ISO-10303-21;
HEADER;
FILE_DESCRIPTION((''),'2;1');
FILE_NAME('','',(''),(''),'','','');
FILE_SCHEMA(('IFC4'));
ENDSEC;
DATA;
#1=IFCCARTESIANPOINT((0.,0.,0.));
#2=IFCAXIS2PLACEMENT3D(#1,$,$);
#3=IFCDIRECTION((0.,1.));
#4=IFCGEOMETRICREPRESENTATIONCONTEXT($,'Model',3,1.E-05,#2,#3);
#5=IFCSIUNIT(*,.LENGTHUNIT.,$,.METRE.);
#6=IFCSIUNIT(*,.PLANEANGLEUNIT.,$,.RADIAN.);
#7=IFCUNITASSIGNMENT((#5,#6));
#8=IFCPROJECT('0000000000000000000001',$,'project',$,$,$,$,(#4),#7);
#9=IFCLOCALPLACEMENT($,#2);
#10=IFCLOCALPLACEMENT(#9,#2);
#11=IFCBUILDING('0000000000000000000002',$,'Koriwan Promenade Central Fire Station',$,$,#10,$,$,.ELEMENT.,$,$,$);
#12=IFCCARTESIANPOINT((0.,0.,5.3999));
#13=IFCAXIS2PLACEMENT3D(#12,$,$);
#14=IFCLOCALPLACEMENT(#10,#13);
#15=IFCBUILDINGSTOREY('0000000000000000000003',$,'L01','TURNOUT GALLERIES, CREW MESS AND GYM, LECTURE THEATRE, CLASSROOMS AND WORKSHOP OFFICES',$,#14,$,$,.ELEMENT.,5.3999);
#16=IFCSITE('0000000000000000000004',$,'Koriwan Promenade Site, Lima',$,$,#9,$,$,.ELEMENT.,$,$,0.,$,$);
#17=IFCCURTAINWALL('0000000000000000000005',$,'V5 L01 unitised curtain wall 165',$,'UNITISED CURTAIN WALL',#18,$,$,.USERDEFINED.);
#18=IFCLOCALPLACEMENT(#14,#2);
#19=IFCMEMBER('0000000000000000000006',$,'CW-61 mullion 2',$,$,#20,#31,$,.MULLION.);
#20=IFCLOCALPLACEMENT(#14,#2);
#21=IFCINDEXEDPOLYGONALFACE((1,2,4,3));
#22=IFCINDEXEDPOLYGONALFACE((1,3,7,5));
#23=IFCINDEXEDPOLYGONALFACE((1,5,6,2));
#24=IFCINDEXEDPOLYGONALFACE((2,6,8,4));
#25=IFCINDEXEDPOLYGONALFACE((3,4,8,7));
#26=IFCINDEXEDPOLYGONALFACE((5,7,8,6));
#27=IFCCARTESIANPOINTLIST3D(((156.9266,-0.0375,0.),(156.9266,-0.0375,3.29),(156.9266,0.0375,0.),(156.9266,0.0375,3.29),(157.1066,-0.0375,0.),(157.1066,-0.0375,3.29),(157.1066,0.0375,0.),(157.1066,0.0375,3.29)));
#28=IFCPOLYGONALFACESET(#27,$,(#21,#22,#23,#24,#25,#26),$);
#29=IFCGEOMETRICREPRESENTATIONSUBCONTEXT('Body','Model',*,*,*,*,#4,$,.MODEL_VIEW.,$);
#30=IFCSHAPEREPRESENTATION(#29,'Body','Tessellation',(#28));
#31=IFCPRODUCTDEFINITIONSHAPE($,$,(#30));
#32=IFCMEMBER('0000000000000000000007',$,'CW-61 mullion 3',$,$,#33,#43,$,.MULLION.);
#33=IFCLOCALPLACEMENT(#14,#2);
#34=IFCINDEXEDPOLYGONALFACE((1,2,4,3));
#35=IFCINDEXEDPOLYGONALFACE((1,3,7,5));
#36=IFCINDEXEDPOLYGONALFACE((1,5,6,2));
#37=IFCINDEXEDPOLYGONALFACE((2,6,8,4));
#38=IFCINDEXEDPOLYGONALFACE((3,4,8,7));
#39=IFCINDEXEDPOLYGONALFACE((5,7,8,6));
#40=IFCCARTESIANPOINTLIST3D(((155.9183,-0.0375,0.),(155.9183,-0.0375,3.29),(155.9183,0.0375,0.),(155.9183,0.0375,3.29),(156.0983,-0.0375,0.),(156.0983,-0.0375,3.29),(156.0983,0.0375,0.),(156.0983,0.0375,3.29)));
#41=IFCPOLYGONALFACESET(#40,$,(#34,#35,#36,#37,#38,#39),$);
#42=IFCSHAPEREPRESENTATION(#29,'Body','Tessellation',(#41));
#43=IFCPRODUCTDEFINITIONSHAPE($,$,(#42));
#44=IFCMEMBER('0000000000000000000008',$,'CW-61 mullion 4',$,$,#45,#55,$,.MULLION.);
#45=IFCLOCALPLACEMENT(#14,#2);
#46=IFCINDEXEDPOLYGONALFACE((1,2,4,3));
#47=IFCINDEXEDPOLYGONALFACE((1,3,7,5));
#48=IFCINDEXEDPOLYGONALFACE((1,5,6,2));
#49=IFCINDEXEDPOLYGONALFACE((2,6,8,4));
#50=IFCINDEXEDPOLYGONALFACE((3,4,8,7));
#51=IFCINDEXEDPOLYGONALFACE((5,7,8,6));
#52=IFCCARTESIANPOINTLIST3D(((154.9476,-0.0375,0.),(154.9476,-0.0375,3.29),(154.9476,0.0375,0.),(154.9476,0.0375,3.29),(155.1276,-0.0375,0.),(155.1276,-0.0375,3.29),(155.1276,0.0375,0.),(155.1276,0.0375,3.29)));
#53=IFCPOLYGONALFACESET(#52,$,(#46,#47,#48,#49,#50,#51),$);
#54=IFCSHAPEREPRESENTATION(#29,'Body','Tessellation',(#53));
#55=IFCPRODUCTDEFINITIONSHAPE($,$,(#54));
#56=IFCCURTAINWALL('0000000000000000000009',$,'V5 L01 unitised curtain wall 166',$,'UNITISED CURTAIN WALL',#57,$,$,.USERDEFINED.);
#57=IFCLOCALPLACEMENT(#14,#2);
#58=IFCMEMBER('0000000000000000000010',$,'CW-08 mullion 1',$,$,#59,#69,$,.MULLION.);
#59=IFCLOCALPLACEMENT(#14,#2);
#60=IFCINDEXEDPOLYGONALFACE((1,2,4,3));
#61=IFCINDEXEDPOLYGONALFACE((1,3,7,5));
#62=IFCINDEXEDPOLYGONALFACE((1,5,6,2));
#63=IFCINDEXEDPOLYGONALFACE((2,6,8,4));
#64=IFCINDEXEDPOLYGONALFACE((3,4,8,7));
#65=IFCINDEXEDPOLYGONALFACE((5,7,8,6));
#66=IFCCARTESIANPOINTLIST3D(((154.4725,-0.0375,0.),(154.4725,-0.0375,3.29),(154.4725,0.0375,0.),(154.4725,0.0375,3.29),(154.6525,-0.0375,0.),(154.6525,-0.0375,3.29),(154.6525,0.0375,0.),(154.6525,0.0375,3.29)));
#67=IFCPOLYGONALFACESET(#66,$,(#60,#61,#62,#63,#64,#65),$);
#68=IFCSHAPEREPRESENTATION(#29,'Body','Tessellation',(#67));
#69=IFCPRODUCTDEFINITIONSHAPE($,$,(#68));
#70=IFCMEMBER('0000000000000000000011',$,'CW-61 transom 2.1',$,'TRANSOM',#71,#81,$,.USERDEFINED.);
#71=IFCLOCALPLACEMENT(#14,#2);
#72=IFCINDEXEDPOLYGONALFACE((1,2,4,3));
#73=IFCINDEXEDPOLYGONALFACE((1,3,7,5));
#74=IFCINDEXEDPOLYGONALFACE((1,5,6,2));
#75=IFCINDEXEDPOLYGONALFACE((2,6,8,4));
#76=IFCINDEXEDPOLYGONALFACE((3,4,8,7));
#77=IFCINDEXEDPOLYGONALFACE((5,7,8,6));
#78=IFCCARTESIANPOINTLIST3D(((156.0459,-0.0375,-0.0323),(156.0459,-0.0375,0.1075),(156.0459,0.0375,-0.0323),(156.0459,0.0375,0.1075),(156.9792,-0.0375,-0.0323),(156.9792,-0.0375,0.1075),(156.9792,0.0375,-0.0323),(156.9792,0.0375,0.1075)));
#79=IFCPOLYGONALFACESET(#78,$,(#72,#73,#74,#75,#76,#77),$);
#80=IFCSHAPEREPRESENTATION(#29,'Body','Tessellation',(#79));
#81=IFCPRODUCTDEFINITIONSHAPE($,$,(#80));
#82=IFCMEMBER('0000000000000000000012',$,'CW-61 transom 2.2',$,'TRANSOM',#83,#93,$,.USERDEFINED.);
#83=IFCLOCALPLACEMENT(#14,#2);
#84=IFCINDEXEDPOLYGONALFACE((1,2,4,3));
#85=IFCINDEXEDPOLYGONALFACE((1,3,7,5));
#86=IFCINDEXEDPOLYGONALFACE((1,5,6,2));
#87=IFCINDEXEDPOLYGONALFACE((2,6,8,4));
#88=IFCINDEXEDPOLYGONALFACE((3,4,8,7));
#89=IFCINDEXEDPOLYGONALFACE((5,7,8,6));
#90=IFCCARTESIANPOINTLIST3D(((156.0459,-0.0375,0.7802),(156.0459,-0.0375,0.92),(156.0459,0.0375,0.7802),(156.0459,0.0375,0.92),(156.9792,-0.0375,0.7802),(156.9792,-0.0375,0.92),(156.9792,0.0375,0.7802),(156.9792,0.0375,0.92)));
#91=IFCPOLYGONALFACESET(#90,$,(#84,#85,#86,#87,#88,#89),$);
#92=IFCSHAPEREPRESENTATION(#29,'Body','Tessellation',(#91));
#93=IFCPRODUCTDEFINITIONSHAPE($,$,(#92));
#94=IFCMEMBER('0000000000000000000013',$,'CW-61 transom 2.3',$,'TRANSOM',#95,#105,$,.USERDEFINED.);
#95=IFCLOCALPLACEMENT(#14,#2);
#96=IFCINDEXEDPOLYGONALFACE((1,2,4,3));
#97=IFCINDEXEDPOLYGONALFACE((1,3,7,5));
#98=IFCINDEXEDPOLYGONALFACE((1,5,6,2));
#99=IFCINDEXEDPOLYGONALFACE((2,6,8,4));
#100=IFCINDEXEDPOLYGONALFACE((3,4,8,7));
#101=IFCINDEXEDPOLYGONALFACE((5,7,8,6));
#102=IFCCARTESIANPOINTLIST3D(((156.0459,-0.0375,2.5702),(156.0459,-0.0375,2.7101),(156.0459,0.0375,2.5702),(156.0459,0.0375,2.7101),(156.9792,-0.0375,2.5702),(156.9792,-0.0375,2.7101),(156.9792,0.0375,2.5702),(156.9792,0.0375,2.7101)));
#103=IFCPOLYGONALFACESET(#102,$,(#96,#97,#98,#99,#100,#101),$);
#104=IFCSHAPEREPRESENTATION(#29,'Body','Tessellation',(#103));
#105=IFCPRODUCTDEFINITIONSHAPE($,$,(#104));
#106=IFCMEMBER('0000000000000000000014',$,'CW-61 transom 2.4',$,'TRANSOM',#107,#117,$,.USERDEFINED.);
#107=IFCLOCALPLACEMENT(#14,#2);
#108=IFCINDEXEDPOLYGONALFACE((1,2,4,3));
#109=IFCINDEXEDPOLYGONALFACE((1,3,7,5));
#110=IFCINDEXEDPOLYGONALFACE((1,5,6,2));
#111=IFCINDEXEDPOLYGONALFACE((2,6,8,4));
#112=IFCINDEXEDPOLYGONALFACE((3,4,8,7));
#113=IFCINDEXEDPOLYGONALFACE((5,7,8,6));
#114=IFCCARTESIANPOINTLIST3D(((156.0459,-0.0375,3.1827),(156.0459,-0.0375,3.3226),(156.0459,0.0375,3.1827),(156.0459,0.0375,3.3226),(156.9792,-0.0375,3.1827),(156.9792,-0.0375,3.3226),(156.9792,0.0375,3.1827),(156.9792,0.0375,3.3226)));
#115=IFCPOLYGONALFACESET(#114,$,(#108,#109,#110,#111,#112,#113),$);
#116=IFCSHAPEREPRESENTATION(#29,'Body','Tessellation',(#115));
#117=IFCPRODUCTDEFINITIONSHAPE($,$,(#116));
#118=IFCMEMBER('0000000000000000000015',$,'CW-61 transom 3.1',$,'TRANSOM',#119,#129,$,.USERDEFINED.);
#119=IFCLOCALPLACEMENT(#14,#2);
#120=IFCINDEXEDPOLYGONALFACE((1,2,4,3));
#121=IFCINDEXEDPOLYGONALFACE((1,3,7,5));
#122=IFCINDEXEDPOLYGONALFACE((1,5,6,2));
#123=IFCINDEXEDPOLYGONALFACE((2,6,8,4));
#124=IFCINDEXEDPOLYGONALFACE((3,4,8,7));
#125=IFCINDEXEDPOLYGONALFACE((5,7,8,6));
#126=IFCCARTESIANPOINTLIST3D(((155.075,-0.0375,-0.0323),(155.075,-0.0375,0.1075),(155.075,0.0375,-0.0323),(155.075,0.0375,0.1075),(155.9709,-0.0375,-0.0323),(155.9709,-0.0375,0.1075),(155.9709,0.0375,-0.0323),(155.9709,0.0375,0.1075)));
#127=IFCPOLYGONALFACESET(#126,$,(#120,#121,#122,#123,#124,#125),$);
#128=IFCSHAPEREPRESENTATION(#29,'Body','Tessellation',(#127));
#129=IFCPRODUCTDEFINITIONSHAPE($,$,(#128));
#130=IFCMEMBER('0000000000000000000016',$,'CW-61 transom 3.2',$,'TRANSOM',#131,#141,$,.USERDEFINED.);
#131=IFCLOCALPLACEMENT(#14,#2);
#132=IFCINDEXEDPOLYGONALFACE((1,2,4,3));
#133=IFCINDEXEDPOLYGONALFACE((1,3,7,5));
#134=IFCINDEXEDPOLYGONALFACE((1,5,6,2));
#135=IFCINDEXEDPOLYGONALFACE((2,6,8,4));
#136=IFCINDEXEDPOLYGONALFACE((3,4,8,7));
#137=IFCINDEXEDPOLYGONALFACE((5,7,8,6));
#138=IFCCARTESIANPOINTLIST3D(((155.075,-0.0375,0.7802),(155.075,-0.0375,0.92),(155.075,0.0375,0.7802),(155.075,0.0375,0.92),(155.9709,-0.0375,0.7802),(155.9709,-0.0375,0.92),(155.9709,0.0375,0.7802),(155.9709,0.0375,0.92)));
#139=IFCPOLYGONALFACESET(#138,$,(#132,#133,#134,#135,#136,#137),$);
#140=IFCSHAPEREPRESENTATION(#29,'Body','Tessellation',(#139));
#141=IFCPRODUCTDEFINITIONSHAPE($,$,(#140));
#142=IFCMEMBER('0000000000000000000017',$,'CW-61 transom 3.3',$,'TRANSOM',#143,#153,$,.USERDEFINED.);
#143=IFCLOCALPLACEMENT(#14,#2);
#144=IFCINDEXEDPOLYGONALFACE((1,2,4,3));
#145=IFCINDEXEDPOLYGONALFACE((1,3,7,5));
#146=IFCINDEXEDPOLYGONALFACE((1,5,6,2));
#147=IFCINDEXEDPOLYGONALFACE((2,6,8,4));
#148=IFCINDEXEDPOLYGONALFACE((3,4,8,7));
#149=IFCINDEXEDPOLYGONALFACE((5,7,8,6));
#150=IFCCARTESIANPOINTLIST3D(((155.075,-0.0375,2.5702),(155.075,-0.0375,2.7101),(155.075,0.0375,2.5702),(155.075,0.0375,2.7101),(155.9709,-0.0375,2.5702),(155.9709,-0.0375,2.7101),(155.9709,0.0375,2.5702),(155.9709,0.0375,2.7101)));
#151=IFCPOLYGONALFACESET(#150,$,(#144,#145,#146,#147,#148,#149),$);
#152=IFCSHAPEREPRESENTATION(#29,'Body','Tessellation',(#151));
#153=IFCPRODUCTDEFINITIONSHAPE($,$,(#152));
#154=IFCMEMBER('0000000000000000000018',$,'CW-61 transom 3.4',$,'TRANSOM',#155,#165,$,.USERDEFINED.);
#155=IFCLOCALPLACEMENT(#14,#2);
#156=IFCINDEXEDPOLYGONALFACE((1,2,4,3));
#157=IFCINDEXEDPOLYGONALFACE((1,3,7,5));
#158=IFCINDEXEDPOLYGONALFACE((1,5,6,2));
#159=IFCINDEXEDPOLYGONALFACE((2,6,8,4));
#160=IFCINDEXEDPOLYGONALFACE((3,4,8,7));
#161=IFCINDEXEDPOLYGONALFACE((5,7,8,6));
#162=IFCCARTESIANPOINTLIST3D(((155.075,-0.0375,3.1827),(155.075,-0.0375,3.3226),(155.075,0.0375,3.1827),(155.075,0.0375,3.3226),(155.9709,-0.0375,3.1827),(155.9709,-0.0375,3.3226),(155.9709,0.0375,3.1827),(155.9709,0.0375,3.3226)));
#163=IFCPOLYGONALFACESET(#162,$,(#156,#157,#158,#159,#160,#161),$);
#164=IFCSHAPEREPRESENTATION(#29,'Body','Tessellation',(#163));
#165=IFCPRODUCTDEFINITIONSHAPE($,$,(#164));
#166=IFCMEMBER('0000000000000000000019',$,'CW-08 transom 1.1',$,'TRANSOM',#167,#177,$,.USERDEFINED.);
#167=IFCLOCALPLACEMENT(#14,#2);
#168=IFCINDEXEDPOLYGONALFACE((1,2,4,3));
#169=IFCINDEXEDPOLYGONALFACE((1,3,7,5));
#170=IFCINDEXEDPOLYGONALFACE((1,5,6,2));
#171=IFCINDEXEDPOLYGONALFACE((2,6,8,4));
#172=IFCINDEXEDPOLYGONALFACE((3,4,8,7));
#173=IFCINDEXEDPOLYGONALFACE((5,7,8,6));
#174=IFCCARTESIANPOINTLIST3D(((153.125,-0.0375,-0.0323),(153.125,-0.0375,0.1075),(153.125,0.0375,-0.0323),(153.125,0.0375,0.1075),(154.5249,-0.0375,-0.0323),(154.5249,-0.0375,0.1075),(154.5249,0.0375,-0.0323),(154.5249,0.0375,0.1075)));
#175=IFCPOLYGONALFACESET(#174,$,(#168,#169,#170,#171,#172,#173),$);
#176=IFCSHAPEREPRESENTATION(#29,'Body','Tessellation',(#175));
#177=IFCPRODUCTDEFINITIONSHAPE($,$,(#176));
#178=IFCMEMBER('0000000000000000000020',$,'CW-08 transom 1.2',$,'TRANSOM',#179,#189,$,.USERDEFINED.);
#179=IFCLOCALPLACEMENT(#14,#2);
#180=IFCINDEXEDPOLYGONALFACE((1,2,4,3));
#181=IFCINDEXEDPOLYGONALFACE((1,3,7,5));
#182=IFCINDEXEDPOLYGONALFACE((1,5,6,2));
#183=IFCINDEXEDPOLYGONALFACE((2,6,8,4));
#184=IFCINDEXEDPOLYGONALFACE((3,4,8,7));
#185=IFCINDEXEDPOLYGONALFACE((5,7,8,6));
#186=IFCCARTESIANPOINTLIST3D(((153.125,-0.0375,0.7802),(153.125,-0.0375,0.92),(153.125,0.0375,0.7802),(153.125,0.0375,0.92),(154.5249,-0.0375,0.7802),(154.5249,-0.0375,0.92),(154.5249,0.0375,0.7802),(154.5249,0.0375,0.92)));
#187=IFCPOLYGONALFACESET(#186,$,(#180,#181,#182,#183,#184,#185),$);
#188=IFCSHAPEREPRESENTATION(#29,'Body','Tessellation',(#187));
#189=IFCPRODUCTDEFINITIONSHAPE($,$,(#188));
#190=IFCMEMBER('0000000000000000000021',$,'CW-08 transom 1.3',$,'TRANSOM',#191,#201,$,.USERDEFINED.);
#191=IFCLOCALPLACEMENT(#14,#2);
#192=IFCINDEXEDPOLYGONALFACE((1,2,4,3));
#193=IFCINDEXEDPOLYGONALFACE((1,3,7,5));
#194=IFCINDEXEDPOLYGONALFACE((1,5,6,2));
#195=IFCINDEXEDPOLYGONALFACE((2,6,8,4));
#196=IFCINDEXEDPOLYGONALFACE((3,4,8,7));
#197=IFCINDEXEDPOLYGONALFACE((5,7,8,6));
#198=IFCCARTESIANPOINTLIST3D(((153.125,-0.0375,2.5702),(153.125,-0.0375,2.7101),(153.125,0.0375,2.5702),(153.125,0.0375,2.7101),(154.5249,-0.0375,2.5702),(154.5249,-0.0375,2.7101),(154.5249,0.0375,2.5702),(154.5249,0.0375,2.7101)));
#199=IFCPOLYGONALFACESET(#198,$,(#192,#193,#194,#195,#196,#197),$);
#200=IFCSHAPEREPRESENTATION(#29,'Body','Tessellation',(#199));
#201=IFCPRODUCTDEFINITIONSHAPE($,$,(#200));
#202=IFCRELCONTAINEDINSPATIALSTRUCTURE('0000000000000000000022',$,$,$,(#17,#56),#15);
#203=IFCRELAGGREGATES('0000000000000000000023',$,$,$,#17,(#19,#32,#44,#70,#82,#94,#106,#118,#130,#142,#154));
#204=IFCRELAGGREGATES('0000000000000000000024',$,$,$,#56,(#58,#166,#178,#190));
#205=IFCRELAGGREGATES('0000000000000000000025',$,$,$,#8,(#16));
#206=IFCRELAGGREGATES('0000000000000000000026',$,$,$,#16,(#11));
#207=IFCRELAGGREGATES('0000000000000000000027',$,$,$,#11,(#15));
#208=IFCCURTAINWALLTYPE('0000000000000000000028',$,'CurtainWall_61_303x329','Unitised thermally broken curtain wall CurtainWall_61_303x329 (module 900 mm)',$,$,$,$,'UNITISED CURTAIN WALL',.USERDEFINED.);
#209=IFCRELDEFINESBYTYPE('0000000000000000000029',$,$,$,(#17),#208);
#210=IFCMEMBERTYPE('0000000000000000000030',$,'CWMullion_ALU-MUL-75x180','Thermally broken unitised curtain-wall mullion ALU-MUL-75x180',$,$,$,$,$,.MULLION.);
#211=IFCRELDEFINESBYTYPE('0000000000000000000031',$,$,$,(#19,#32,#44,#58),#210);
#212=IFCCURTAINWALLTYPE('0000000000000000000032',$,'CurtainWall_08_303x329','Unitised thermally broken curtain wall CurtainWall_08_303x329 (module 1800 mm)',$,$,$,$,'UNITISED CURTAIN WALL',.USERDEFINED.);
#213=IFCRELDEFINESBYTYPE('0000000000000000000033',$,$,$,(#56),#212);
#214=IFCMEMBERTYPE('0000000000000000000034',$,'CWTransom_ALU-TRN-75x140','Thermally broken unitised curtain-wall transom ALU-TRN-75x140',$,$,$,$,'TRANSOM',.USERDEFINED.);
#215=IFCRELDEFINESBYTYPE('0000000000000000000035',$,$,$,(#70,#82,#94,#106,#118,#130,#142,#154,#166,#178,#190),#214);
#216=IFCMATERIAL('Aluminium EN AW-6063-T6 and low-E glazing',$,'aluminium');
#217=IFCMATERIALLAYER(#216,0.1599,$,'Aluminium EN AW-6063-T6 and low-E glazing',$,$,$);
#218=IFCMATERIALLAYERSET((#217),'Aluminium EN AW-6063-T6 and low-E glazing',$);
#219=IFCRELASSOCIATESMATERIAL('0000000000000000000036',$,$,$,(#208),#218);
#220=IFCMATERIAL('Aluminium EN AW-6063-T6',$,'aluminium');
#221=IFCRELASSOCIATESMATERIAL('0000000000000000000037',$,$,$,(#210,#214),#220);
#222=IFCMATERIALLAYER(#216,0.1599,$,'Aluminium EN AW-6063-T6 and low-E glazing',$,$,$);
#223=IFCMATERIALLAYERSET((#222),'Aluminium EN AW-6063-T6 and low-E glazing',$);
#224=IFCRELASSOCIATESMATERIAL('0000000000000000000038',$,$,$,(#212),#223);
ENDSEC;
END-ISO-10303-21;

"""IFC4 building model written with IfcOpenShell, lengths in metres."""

from ifc_helpers import new_model, si_unit, direction, frame, origin, origin_2d, place, context, subcontext, project, spatial, rectangle, extrude, material, layer, layer_set, material_profile, profile_set, type_object, element, aggregate, save


model = new_model("IFC4")

# Units and contexts
model_context = context("Model", 3, precision=1e-05, world=origin(), true_north=direction((0.0, 1.0)))
body_context = subcontext(model_context, "Body", "Model", "MODEL_VIEW")
ifc_project = project(units=[si_unit("LENGTHUNIT", "METRE"), si_unit("PLANEANGLEUNIT", "RADIAN")], contexts=[model_context])

# Site, building, storey
site_placement = place(None, origin())
site = spatial("IfcSite", under=ifc_project, at=site_placement, Name="Koriwan Promenade Site, Lima", CompositionType="ELEMENT", RefElevation=0.0)
building_placement = place(site_placement, origin())
building = spatial("IfcBuilding", under=site, at=building_placement, Name="Koriwan Promenade Central Fire Station", CompositionType="ELEMENT")
storey_placement = place(building_placement, frame((0.0, 0.0, 5.3999)))
storey = spatial("IfcBuildingStorey", under=building, at=storey_placement, Name="L01", Description="TURNOUT GALLERIES, CREW MESS AND GYM, LECTURE THEATRE, CLASSROOMS AND WORKSHOP OFFICES", CompositionType="ELEMENT", Elevation=5.3999)

# Curtain wall, members
ifc_material_1 = material(Name="Aluminium EN AW-6063-T6 and low-E glazing", Category="aluminium")
ifc_layer_1 = layer(ifc_material_1, 0.1599, Name="Aluminium EN AW-6063-T6 and low-E glazing")
ifc_layer_set_1 = layer_set([ifc_layer_1], Name="Aluminium EN AW-6063-T6 and low-E glazing")
curtain_wall_type_1 = type_object("IfcCurtainWallType", Name="CurtainWall_61_303x329", Description="Unitised thermally broken curtain wall CurtainWall_61_303x329 (module 900 mm)", ElementType="UNITISED CURTAIN WALL", PredefinedType="USERDEFINED", material=ifc_layer_set_1)
curtain_wall_1_placement = place(storey_placement, origin())
curtain_wall_1 = element("IfcCurtainWall", 1, at=curtain_wall_1_placement, inside=storey, type_object=curtain_wall_type_1, Name="V5 L01 unitised curtain wall 165", ObjectType="UNITISED CURTAIN WALL", PredefinedType="USERDEFINED")
ifc_material_2 = material(Name="Aluminium EN AW-6063-T6", Category="aluminium")
ifc_material_profile_1 = material_profile(ifc_material_2, rectangle(XDim=0.075, YDim=0.1799, at=origin_2d()), Name="ALU-MUL-75x180")
ifc_profile_set_1 = profile_set([ifc_material_profile_1], Name="Aluminium EN AW-6063-T6")
member_type_1 = type_object("IfcMemberType", Name="CWMullion_ALU-MUL-75x180", Description="Thermally broken unitised curtain-wall mullion ALU-MUL-75x180", PredefinedType="MULLION", material=ifc_profile_set_1)
member_1_placement = place(storey_placement, frame((157.0166, 0.0, 0.0), z_axis=(0.0, 0.0, 1.0), x_axis=(0.0, -1.0, 0.0)))
member_1 = element("IfcMember", 2, at=member_1_placement, type_object=member_type_1, Name="CW-61 mullion 2", PredefinedType="MULLION", context=body_context, shape_type="SweptSolid", body=[
    extrude(rectangle(XDim=0.075, YDim=0.1799, at=origin_2d()), origin(), (0.0, 0.0, 1.0), 3.29),
])
member_2_placement = place(storey_placement, frame((156.0083, 0.0, 0.0), z_axis=(0.0, 0.0, 1.0), x_axis=(0.0, -1.0, 0.0)))
member_2 = element("IfcMember", 3, at=member_2_placement, type_object=member_type_1, Name="CW-61 mullion 3", PredefinedType="MULLION", context=body_context, shape_type="SweptSolid", body=[
    extrude(rectangle(XDim=0.075, YDim=0.1799, at=origin_2d()), origin(), (0.0, 0.0, 1.0), 3.29),
])
member_3_placement = place(storey_placement, frame((155.0376, 0.0, 0.0), z_axis=(0.0, 0.0, 1.0), x_axis=(0.0, -1.0, 0.0)))
member_3 = element("IfcMember", 4, at=member_3_placement, type_object=member_type_1, Name="CW-61 mullion 4", PredefinedType="MULLION", context=body_context, shape_type="SweptSolid", body=[
    extrude(rectangle(XDim=0.075, YDim=0.1799, at=origin_2d()), origin(), (0.0, 0.0, 1.0), 3.29),
])

# Curtain wall, member
ifc_layer_2 = layer(ifc_material_1, 0.1599, Name="Aluminium EN AW-6063-T6 and low-E glazing")
ifc_layer_set_2 = layer_set([ifc_layer_2], Name="Aluminium EN AW-6063-T6 and low-E glazing")
curtain_wall_type_2 = type_object("IfcCurtainWallType", Name="CurtainWall_08_303x329", Description="Unitised thermally broken curtain wall CurtainWall_08_303x329 (module 1800 mm)", ElementType="UNITISED CURTAIN WALL", PredefinedType="USERDEFINED", material=ifc_layer_set_2)
curtain_wall_2_placement = place(storey_placement, origin())
curtain_wall_2 = element("IfcCurtainWall", 5, at=curtain_wall_2_placement, inside=storey, type_object=curtain_wall_type_2, Name="V5 L01 unitised curtain wall 166", ObjectType="UNITISED CURTAIN WALL", PredefinedType="USERDEFINED")
member_4_placement = place(storey_placement, frame((154.5625, 0.0, 0.0), z_axis=(0.0, 0.0, 1.0), x_axis=(0.0, -1.0, 0.0)))
member_4 = element("IfcMember", 6, at=member_4_placement, type_object=member_type_1, Name="CW-08 mullion 1", PredefinedType="MULLION", context=body_context, shape_type="SweptSolid", body=[
    extrude(rectangle(XDim=0.075, YDim=0.1799, at=origin_2d()), origin(), (0.0, 0.0, 1.0), 3.29),
])

# Members
ifc_material_profile_2 = material_profile(ifc_material_2, rectangle(XDim=0.075, YDim=0.1399, at=origin_2d()), Name="ALU-TRN-75x140")
ifc_profile_set_2 = profile_set([ifc_material_profile_2], Name="Aluminium EN AW-6063-T6")
member_type_2 = type_object("IfcMemberType", Name="CWTransom_ALU-TRN-75x140", Description="Thermally broken unitised curtain-wall transom ALU-TRN-75x140", ElementType="TRANSOM", PredefinedType="USERDEFINED", material=ifc_profile_set_2)
member_5_placement = place(storey_placement, frame((156.9792, 0.0, 0.0376), z_axis=(-1.0, 0.0, 0.0), x_axis=(0.0, -1.0, 0.0)))
member_5 = element("IfcMember", 7, at=member_5_placement, type_object=member_type_2, Name="CW-61 transom 2.1", ObjectType="TRANSOM", PredefinedType="USERDEFINED", context=body_context, shape_type="SweptSolid", body=[
    extrude(rectangle(XDim=0.075, YDim=0.1399, at=origin_2d()), origin(), (0.0, 0.0, 1.0), 0.9333),
])
member_6_placement = place(storey_placement, frame((156.9792, 0.0, 0.8501), z_axis=(-1.0, 0.0, 0.0), x_axis=(0.0, -1.0, 0.0)))
member_6 = element("IfcMember", 8, at=member_6_placement, type_object=member_type_2, Name="CW-61 transom 2.2", ObjectType="TRANSOM", PredefinedType="USERDEFINED", context=body_context, shape_type="SweptSolid", body=[
    extrude(rectangle(XDim=0.075, YDim=0.1399, at=origin_2d()), origin(), (0.0, 0.0, 1.0), 0.9333),
])
member_7_placement = place(storey_placement, frame((156.9792, 0.0, 2.6401), z_axis=(-1.0, 0.0, 0.0), x_axis=(0.0, -1.0, 0.0)))
member_7 = element("IfcMember", 9, at=member_7_placement, type_object=member_type_2, Name="CW-61 transom 2.3", ObjectType="TRANSOM", PredefinedType="USERDEFINED", context=body_context, shape_type="SweptSolid", body=[
    extrude(rectangle(XDim=0.075, YDim=0.1399, at=origin_2d()), origin(), (0.0, 0.0, 1.0), 0.9333),
])
member_8_placement = place(storey_placement, frame((156.9792, 0.0, 3.2527), z_axis=(-1.0, 0.0, 0.0), x_axis=(0.0, -1.0, 0.0)))
member_8 = element("IfcMember", 10, at=member_8_placement, type_object=member_type_2, Name="CW-61 transom 2.4", ObjectType="TRANSOM", PredefinedType="USERDEFINED", context=body_context, shape_type="SweptSolid", body=[
    extrude(rectangle(XDim=0.075, YDim=0.1399, at=origin_2d()), origin(), (0.0, 0.0, 1.0), 0.9333),
])
member_9_placement = place(storey_placement, frame((155.9709, 0.0, 0.0376), z_axis=(-1.0, 0.0, 0.0), x_axis=(0.0, -1.0, 0.0)))
member_9 = element("IfcMember", 11, at=member_9_placement, type_object=member_type_2, Name="CW-61 transom 3.1", ObjectType="TRANSOM", PredefinedType="USERDEFINED", context=body_context, shape_type="SweptSolid", body=[
    extrude(rectangle(XDim=0.075, YDim=0.1399, at=origin_2d()), origin(), (0.0, 0.0, 1.0), 0.896),
])
member_10_placement = place(storey_placement, frame((155.9709, 0.0, 0.8501), z_axis=(-1.0, 0.0, 0.0), x_axis=(0.0, -1.0, 0.0)))
member_10 = element("IfcMember", 12, at=member_10_placement, type_object=member_type_2, Name="CW-61 transom 3.2", ObjectType="TRANSOM", PredefinedType="USERDEFINED", context=body_context, shape_type="SweptSolid", body=[
    extrude(rectangle(XDim=0.075, YDim=0.1399, at=origin_2d()), origin(), (0.0, 0.0, 1.0), 0.896),
])
member_11_placement = place(storey_placement, frame((155.9709, 0.0, 2.6401), z_axis=(-1.0, 0.0, 0.0), x_axis=(0.0, -1.0, 0.0)))
member_11 = element("IfcMember", 13, at=member_11_placement, type_object=member_type_2, Name="CW-61 transom 3.3", ObjectType="TRANSOM", PredefinedType="USERDEFINED", context=body_context, shape_type="SweptSolid", body=[
    extrude(rectangle(XDim=0.075, YDim=0.1399, at=origin_2d()), origin(), (0.0, 0.0, 1.0), 0.896),
])
member_12_placement = place(storey_placement, frame((155.9709, 0.0, 3.2527), z_axis=(-1.0, 0.0, 0.0), x_axis=(0.0, -1.0, 0.0)))
member_12 = element("IfcMember", 14, at=member_12_placement, type_object=member_type_2, Name="CW-61 transom 3.4", ObjectType="TRANSOM", PredefinedType="USERDEFINED", context=body_context, shape_type="SweptSolid", body=[
    extrude(rectangle(XDim=0.075, YDim=0.1399, at=origin_2d()), origin(), (0.0, 0.0, 1.0), 0.896),
])
member_13_placement = place(storey_placement, frame((154.5249, 0.0, 0.0376), z_axis=(-1.0, 0.0, 0.0), x_axis=(0.0, -1.0, 0.0)))
member_13 = element("IfcMember", 15, at=member_13_placement, type_object=member_type_2, Name="CW-08 transom 1.1", ObjectType="TRANSOM", PredefinedType="USERDEFINED", context=body_context, shape_type="SweptSolid", body=[
    extrude(rectangle(XDim=0.075, YDim=0.1399, at=origin_2d()), origin(), (0.0, 0.0, 1.0), 1.3999),
])
member_14_placement = place(storey_placement, frame((154.5249, 0.0, 0.8501), z_axis=(-1.0, 0.0, 0.0), x_axis=(0.0, -1.0, 0.0)))
member_14 = element("IfcMember", 16, at=member_14_placement, type_object=member_type_2, Name="CW-08 transom 1.2", ObjectType="TRANSOM", PredefinedType="USERDEFINED", context=body_context, shape_type="SweptSolid", body=[
    extrude(rectangle(XDim=0.075, YDim=0.1399, at=origin_2d()), origin(), (0.0, 0.0, 1.0), 1.3999),
])
member_15_placement = place(storey_placement, frame((154.5249, 0.0, 2.6401), z_axis=(-1.0, 0.0, 0.0), x_axis=(0.0, -1.0, 0.0)))
member_15 = element("IfcMember", 17, at=member_15_placement, type_object=member_type_2, Name="CW-08 transom 1.3", ObjectType="TRANSOM", PredefinedType="USERDEFINED", context=body_context, shape_type="SweptSolid", body=[
    extrude(rectangle(XDim=0.075, YDim=0.1399, at=origin_2d()), origin(), (0.0, 0.0, 1.0), 1.3999),
])

aggregate(curtain_wall_1, [member_1, member_2, member_3, member_5, member_6, member_7, member_8, member_9, member_10, member_11, member_12])
aggregate(curtain_wall_2, [member_4, member_13, member_14, member_15])

save(model, "model.ifc")
